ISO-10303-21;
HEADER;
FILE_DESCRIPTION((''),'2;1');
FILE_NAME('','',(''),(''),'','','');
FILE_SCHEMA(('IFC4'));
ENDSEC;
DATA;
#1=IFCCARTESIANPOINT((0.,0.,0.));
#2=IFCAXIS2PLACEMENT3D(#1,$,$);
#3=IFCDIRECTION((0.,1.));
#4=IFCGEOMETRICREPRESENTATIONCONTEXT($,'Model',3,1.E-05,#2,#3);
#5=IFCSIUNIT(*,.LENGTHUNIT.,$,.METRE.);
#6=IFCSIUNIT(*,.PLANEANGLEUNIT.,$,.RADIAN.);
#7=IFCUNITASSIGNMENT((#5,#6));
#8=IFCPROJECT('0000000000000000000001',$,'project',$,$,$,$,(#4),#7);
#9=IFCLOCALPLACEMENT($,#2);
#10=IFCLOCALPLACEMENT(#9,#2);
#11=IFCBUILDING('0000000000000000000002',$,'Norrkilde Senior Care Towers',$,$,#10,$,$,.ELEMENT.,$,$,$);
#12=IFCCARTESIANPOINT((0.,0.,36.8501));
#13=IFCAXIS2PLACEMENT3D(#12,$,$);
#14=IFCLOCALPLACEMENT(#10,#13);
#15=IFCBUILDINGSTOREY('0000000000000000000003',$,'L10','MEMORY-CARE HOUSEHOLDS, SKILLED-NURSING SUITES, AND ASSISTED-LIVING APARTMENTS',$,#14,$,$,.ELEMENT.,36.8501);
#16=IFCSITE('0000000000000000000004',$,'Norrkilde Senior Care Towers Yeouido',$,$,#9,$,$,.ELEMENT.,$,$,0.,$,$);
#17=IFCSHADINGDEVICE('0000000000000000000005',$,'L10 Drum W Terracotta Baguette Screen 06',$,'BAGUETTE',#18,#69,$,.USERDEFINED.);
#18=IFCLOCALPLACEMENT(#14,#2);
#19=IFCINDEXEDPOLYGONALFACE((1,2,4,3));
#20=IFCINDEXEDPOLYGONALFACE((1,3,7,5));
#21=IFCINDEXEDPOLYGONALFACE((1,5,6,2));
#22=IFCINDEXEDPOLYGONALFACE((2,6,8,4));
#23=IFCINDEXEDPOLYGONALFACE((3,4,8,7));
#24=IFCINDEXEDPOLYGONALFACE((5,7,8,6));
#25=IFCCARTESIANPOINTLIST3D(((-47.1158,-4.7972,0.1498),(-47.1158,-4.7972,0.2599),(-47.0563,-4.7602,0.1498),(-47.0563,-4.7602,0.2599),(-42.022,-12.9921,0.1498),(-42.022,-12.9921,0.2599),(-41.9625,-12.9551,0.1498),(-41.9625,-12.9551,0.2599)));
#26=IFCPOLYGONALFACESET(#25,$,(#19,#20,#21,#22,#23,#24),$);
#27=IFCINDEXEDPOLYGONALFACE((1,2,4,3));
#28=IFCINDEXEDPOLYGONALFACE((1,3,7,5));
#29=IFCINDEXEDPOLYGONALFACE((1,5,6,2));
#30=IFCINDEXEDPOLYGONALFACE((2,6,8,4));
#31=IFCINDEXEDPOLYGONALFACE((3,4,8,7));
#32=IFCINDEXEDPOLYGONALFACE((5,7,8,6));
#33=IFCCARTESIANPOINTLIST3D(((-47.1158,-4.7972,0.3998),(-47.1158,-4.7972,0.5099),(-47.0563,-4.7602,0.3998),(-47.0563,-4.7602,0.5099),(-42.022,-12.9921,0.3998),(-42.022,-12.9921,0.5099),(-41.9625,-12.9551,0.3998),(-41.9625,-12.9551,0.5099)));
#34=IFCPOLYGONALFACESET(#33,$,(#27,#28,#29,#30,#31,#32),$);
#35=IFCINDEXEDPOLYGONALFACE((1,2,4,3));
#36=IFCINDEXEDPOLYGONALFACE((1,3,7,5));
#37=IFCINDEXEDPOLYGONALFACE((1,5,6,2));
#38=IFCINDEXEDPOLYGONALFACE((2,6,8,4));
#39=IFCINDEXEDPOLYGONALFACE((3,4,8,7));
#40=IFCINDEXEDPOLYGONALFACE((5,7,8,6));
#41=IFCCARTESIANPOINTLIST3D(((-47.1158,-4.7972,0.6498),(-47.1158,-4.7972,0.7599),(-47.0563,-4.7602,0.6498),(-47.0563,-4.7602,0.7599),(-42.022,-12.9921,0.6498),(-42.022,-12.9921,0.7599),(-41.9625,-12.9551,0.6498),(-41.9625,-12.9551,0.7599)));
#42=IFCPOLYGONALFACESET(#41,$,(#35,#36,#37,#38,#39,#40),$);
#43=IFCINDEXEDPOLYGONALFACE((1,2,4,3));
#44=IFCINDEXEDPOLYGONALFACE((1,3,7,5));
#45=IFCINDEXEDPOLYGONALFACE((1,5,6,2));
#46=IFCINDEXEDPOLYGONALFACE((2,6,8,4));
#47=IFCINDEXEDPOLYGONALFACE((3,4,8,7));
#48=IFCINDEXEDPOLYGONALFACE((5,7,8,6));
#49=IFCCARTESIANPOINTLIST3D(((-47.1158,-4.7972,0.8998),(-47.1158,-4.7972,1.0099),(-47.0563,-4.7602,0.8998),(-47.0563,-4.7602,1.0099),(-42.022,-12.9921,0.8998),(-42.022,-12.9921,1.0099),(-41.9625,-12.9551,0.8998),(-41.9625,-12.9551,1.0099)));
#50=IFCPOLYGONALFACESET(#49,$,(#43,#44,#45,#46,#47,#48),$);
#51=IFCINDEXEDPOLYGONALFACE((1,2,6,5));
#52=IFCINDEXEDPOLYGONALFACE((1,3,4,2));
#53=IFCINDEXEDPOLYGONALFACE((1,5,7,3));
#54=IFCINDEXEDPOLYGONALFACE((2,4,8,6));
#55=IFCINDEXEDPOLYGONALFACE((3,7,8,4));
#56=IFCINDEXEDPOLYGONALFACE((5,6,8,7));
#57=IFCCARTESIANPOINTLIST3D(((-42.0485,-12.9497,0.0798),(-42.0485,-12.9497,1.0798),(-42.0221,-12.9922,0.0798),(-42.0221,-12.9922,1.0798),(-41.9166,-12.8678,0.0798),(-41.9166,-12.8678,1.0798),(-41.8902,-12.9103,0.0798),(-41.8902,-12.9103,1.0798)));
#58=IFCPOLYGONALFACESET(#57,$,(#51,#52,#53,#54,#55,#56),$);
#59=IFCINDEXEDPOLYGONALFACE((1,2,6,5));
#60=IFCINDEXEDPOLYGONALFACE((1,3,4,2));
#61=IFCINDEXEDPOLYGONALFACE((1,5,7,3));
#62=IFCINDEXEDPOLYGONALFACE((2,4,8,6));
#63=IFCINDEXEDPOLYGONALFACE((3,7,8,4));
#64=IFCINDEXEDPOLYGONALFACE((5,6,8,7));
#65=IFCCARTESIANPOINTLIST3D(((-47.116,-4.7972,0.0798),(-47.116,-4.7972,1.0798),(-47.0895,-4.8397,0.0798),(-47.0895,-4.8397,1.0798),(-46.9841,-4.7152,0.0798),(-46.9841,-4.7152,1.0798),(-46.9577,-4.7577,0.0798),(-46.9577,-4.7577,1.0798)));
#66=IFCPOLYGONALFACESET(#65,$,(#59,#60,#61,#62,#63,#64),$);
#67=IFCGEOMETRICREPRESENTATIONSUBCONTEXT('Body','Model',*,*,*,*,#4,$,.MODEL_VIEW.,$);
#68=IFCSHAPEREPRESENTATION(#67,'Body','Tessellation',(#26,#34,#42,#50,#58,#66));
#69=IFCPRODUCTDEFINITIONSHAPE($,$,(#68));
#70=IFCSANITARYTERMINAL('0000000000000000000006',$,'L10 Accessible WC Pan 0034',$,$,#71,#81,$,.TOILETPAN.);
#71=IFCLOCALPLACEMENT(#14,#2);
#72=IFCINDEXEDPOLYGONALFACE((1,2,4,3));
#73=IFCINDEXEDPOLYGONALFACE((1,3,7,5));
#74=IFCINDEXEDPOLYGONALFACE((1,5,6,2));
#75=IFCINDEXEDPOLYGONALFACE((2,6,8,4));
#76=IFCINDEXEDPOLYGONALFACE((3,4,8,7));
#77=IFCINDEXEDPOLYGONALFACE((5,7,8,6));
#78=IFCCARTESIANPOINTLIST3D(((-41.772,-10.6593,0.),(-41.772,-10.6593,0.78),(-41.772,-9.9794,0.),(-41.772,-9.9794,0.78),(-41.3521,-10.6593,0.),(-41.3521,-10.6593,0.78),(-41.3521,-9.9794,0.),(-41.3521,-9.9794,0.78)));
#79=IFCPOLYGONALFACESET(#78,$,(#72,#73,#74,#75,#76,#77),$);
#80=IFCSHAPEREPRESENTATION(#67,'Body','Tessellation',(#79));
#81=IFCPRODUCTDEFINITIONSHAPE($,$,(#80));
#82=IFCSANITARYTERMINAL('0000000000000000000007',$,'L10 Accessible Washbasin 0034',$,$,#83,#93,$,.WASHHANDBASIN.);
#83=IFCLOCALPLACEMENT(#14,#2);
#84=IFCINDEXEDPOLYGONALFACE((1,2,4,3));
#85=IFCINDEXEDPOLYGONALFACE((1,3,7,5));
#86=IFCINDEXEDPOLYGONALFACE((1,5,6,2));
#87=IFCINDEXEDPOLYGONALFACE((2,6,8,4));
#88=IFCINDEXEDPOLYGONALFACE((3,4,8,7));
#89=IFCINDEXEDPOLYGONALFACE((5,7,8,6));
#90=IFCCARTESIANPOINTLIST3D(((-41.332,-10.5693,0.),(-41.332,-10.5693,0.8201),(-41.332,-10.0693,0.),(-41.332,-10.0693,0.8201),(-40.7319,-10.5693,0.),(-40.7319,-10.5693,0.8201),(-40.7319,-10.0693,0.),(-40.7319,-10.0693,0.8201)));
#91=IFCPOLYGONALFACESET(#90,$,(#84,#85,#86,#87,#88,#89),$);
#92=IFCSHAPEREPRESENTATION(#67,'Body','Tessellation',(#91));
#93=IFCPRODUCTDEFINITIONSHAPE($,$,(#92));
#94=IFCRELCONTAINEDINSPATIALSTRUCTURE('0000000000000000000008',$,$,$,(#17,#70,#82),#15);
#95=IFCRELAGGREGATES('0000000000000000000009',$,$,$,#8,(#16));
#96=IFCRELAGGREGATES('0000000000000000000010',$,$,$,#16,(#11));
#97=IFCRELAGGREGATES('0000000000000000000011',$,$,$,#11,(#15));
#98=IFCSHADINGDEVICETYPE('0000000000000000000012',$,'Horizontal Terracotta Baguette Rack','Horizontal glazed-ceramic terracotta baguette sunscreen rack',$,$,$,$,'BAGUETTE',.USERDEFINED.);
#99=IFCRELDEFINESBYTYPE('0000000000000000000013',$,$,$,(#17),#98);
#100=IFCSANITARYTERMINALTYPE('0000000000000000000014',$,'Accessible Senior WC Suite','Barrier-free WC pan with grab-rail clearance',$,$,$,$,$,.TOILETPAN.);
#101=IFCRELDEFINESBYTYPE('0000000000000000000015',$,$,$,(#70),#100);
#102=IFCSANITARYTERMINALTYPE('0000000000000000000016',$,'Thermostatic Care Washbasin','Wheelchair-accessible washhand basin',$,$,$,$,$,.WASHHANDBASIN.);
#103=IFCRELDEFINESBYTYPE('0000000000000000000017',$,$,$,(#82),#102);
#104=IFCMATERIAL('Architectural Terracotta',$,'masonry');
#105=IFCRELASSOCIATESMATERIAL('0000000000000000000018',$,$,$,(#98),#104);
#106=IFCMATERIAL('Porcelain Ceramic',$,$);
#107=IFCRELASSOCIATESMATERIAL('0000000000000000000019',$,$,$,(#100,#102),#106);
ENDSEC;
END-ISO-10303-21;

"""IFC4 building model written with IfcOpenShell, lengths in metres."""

from ifc_helpers import new_model, si_unit, direction, frame, origin, origin_2d, place, context, subcontext, project, spatial, rectangle, extrude, source, transform, mapped, material, type_object, type_shapes, element, save


model = new_model("IFC4")

# Units and contexts
model_context = context("Model", 3, precision=1e-05, world=origin(), true_north=direction((0.0, 1.0)))
body_context = subcontext(model_context, "Body", "Model", "MODEL_VIEW")
ifc_project = project(units=[si_unit("LENGTHUNIT", "METRE"), si_unit("PLANEANGLEUNIT", "RADIAN")], contexts=[model_context])

# Site, building, storey
site_placement = place(None, origin())
site = spatial("IfcSite", under=ifc_project, at=site_placement, Name="Norrkilde Senior Care Towers Yeouido", CompositionType="ELEMENT", RefElevation=0.0)
building_placement = place(site_placement, origin())
building = spatial("IfcBuilding", under=site, at=building_placement, Name="Norrkilde Senior Care Towers", CompositionType="ELEMENT")
storey_placement = place(building_placement, frame((0.0, 0.0, 36.8501)))
storey = spatial("IfcBuildingStorey", under=building, at=storey_placement, Name="L10", Description="MEMORY-CARE HOUSEHOLDS, SKILLED-NURSING SUITES, AND ASSISTED-LIVING APARTMENTS", CompositionType="ELEMENT", Elevation=36.8501)

# Shading device
ifc_material_1 = material(Name="Architectural Terracotta", Category="masonry")
shading_device_type = type_object("IfcShadingDeviceType", Name="Horizontal Terracotta Baguette Rack", Description="Horizontal glazed-ceramic terracotta baguette sunscreen rack", ElementType="BAGUETTE", PredefinedType="USERDEFINED", material=ifc_material_1)
shared_shape_1 = source(origin(), body_context, "Body", "SweptSolid", [
    extrude(rectangle(XDim=0.0701, YDim=0.1101, at=origin_2d()), frame((0.0, 0.0901, 0.125), z_axis=(1.0, 0.0, 0.0), x_axis=(0.0, 1.0, 0.0)), (0.0, 0.0, 1.0), 9.6489),
    extrude(rectangle(XDim=0.0701, YDim=0.1101, at=origin_2d()), frame((0.0, 0.0901, 0.375), z_axis=(1.0, 0.0, 0.0), x_axis=(0.0, 1.0, 0.0)), (0.0, 0.0, 1.0), 9.6489),
    extrude(rectangle(XDim=0.0701, YDim=0.1101, at=origin_2d()), frame((0.0, 0.0901, 0.625), z_axis=(1.0, 0.0, 0.0), x_axis=(0.0, 1.0, 0.0)), (0.0, 0.0, 1.0), 9.6489),
    extrude(rectangle(XDim=0.0701, YDim=0.1101, at=origin_2d()), frame((0.0, 0.0901, 0.875), z_axis=(1.0, 0.0, 0.0), x_axis=(0.0, 1.0, 0.0)), (0.0, 0.0, 1.0), 9.6489),
    extrude(rectangle(XDim=0.05, YDim=0.1553, at=origin_2d()), frame((0.0249, 0.0476, 0.0)), (0.0, 0.0, 1.0), 1.0),
    extrude(rectangle(XDim=0.05, YDim=0.1553, at=origin_2d()), frame((9.624, 0.0476, 0.0)), (0.0, 0.0, 1.0), 1.0),
])
type_shapes(shading_device_type, [shared_shape_1])
shading_device_placement = place(storey_placement, frame((-41.9158, -12.926, 0.0798), z_axis=(0.0, 0.0, 1.0), x_axis=(-0.527909, 0.849299, 0.0)))
element("IfcShadingDevice", 1, at=shading_device_placement, inside=storey, type_object=shading_device_type, Name="L10 Drum W Terracotta Baguette Screen 06", ObjectType="BAGUETTE", PredefinedType="USERDEFINED", context=body_context, shape_type="MappedRepresentation", body=[
    mapped(shared_shape_1, transform((0.0, 0.0, 0.0), x_axis=(1.0, 0.0, 0.0), y_axis=(0.0, 1.0, 0.0), z_axis=(0.0, 0.0, 1.0), scale=1.0)),
])

# Sanitary terminals
ifc_material_2 = material(Name="Porcelain Ceramic")
sanitary_terminal_type_1 = type_object("IfcSanitaryTerminalType", Name="Accessible Senior WC Suite", Description="Barrier-free WC pan with grab-rail clearance", PredefinedType="TOILETPAN", material=ifc_material_2)
shared_shape_2 = source(origin(), body_context, "Body", "SweptSolid", [
    extrude(rectangle(XDim=0.4199, YDim=0.6799, at=origin_2d()), origin(), (0.0, 0.0, 1.0), 0.78),
])
type_shapes(sanitary_terminal_type_1, [shared_shape_2])
sanitary_terminal_1_placement = place(storey_placement, frame((-41.562, -10.3193, 0.0), z_axis=(0.0, 0.0, 1.0), x_axis=(1.0, 0.0, 0.0)))
element("IfcSanitaryTerminal", 2, at=sanitary_terminal_1_placement, inside=storey, type_object=sanitary_terminal_type_1, Name="L10 Accessible WC Pan 0034", PredefinedType="TOILETPAN", context=body_context, shape_type="MappedRepresentation", body=[
    mapped(shared_shape_2, transform((0.0, 0.0, 0.0), x_axis=(1.0, 0.0, 0.0), y_axis=(0.0, 1.0, 0.0), z_axis=(0.0, 0.0, 1.0), scale=1.0)),
])
sanitary_terminal_type_2 = type_object("IfcSanitaryTerminalType", Name="Thermostatic Care Washbasin", Description="Wheelchair-accessible washhand basin", PredefinedType="WASHHANDBASIN", material=ifc_material_2)
shared_shape_3 = source(origin(), body_context, "Body", "SweptSolid", [
    extrude(rectangle(XDim=0.6001, YDim=0.5, at=origin_2d()), origin(), (0.0, 0.0, 1.0), 0.8201),
])
type_shapes(sanitary_terminal_type_2, [shared_shape_3])
sanitary_terminal_2_placement = place(storey_placement, frame((-41.032, -10.3193, 0.0), z_axis=(0.0, 0.0, 1.0), x_axis=(1.0, 0.0, 0.0)))
element("IfcSanitaryTerminal", 3, at=sanitary_terminal_2_placement, inside=storey, type_object=sanitary_terminal_type_2, Name="L10 Accessible Washbasin 0034", PredefinedType="WASHHANDBASIN", context=body_context, shape_type="MappedRepresentation", body=[
    mapped(shared_shape_3, transform((0.0, 0.0, 0.0), x_axis=(1.0, 0.0, 0.0), y_axis=(0.0, 1.0, 0.0), z_axis=(0.0, 0.0, 1.0), scale=1.0)),
])

save(model, "model.ifc")
